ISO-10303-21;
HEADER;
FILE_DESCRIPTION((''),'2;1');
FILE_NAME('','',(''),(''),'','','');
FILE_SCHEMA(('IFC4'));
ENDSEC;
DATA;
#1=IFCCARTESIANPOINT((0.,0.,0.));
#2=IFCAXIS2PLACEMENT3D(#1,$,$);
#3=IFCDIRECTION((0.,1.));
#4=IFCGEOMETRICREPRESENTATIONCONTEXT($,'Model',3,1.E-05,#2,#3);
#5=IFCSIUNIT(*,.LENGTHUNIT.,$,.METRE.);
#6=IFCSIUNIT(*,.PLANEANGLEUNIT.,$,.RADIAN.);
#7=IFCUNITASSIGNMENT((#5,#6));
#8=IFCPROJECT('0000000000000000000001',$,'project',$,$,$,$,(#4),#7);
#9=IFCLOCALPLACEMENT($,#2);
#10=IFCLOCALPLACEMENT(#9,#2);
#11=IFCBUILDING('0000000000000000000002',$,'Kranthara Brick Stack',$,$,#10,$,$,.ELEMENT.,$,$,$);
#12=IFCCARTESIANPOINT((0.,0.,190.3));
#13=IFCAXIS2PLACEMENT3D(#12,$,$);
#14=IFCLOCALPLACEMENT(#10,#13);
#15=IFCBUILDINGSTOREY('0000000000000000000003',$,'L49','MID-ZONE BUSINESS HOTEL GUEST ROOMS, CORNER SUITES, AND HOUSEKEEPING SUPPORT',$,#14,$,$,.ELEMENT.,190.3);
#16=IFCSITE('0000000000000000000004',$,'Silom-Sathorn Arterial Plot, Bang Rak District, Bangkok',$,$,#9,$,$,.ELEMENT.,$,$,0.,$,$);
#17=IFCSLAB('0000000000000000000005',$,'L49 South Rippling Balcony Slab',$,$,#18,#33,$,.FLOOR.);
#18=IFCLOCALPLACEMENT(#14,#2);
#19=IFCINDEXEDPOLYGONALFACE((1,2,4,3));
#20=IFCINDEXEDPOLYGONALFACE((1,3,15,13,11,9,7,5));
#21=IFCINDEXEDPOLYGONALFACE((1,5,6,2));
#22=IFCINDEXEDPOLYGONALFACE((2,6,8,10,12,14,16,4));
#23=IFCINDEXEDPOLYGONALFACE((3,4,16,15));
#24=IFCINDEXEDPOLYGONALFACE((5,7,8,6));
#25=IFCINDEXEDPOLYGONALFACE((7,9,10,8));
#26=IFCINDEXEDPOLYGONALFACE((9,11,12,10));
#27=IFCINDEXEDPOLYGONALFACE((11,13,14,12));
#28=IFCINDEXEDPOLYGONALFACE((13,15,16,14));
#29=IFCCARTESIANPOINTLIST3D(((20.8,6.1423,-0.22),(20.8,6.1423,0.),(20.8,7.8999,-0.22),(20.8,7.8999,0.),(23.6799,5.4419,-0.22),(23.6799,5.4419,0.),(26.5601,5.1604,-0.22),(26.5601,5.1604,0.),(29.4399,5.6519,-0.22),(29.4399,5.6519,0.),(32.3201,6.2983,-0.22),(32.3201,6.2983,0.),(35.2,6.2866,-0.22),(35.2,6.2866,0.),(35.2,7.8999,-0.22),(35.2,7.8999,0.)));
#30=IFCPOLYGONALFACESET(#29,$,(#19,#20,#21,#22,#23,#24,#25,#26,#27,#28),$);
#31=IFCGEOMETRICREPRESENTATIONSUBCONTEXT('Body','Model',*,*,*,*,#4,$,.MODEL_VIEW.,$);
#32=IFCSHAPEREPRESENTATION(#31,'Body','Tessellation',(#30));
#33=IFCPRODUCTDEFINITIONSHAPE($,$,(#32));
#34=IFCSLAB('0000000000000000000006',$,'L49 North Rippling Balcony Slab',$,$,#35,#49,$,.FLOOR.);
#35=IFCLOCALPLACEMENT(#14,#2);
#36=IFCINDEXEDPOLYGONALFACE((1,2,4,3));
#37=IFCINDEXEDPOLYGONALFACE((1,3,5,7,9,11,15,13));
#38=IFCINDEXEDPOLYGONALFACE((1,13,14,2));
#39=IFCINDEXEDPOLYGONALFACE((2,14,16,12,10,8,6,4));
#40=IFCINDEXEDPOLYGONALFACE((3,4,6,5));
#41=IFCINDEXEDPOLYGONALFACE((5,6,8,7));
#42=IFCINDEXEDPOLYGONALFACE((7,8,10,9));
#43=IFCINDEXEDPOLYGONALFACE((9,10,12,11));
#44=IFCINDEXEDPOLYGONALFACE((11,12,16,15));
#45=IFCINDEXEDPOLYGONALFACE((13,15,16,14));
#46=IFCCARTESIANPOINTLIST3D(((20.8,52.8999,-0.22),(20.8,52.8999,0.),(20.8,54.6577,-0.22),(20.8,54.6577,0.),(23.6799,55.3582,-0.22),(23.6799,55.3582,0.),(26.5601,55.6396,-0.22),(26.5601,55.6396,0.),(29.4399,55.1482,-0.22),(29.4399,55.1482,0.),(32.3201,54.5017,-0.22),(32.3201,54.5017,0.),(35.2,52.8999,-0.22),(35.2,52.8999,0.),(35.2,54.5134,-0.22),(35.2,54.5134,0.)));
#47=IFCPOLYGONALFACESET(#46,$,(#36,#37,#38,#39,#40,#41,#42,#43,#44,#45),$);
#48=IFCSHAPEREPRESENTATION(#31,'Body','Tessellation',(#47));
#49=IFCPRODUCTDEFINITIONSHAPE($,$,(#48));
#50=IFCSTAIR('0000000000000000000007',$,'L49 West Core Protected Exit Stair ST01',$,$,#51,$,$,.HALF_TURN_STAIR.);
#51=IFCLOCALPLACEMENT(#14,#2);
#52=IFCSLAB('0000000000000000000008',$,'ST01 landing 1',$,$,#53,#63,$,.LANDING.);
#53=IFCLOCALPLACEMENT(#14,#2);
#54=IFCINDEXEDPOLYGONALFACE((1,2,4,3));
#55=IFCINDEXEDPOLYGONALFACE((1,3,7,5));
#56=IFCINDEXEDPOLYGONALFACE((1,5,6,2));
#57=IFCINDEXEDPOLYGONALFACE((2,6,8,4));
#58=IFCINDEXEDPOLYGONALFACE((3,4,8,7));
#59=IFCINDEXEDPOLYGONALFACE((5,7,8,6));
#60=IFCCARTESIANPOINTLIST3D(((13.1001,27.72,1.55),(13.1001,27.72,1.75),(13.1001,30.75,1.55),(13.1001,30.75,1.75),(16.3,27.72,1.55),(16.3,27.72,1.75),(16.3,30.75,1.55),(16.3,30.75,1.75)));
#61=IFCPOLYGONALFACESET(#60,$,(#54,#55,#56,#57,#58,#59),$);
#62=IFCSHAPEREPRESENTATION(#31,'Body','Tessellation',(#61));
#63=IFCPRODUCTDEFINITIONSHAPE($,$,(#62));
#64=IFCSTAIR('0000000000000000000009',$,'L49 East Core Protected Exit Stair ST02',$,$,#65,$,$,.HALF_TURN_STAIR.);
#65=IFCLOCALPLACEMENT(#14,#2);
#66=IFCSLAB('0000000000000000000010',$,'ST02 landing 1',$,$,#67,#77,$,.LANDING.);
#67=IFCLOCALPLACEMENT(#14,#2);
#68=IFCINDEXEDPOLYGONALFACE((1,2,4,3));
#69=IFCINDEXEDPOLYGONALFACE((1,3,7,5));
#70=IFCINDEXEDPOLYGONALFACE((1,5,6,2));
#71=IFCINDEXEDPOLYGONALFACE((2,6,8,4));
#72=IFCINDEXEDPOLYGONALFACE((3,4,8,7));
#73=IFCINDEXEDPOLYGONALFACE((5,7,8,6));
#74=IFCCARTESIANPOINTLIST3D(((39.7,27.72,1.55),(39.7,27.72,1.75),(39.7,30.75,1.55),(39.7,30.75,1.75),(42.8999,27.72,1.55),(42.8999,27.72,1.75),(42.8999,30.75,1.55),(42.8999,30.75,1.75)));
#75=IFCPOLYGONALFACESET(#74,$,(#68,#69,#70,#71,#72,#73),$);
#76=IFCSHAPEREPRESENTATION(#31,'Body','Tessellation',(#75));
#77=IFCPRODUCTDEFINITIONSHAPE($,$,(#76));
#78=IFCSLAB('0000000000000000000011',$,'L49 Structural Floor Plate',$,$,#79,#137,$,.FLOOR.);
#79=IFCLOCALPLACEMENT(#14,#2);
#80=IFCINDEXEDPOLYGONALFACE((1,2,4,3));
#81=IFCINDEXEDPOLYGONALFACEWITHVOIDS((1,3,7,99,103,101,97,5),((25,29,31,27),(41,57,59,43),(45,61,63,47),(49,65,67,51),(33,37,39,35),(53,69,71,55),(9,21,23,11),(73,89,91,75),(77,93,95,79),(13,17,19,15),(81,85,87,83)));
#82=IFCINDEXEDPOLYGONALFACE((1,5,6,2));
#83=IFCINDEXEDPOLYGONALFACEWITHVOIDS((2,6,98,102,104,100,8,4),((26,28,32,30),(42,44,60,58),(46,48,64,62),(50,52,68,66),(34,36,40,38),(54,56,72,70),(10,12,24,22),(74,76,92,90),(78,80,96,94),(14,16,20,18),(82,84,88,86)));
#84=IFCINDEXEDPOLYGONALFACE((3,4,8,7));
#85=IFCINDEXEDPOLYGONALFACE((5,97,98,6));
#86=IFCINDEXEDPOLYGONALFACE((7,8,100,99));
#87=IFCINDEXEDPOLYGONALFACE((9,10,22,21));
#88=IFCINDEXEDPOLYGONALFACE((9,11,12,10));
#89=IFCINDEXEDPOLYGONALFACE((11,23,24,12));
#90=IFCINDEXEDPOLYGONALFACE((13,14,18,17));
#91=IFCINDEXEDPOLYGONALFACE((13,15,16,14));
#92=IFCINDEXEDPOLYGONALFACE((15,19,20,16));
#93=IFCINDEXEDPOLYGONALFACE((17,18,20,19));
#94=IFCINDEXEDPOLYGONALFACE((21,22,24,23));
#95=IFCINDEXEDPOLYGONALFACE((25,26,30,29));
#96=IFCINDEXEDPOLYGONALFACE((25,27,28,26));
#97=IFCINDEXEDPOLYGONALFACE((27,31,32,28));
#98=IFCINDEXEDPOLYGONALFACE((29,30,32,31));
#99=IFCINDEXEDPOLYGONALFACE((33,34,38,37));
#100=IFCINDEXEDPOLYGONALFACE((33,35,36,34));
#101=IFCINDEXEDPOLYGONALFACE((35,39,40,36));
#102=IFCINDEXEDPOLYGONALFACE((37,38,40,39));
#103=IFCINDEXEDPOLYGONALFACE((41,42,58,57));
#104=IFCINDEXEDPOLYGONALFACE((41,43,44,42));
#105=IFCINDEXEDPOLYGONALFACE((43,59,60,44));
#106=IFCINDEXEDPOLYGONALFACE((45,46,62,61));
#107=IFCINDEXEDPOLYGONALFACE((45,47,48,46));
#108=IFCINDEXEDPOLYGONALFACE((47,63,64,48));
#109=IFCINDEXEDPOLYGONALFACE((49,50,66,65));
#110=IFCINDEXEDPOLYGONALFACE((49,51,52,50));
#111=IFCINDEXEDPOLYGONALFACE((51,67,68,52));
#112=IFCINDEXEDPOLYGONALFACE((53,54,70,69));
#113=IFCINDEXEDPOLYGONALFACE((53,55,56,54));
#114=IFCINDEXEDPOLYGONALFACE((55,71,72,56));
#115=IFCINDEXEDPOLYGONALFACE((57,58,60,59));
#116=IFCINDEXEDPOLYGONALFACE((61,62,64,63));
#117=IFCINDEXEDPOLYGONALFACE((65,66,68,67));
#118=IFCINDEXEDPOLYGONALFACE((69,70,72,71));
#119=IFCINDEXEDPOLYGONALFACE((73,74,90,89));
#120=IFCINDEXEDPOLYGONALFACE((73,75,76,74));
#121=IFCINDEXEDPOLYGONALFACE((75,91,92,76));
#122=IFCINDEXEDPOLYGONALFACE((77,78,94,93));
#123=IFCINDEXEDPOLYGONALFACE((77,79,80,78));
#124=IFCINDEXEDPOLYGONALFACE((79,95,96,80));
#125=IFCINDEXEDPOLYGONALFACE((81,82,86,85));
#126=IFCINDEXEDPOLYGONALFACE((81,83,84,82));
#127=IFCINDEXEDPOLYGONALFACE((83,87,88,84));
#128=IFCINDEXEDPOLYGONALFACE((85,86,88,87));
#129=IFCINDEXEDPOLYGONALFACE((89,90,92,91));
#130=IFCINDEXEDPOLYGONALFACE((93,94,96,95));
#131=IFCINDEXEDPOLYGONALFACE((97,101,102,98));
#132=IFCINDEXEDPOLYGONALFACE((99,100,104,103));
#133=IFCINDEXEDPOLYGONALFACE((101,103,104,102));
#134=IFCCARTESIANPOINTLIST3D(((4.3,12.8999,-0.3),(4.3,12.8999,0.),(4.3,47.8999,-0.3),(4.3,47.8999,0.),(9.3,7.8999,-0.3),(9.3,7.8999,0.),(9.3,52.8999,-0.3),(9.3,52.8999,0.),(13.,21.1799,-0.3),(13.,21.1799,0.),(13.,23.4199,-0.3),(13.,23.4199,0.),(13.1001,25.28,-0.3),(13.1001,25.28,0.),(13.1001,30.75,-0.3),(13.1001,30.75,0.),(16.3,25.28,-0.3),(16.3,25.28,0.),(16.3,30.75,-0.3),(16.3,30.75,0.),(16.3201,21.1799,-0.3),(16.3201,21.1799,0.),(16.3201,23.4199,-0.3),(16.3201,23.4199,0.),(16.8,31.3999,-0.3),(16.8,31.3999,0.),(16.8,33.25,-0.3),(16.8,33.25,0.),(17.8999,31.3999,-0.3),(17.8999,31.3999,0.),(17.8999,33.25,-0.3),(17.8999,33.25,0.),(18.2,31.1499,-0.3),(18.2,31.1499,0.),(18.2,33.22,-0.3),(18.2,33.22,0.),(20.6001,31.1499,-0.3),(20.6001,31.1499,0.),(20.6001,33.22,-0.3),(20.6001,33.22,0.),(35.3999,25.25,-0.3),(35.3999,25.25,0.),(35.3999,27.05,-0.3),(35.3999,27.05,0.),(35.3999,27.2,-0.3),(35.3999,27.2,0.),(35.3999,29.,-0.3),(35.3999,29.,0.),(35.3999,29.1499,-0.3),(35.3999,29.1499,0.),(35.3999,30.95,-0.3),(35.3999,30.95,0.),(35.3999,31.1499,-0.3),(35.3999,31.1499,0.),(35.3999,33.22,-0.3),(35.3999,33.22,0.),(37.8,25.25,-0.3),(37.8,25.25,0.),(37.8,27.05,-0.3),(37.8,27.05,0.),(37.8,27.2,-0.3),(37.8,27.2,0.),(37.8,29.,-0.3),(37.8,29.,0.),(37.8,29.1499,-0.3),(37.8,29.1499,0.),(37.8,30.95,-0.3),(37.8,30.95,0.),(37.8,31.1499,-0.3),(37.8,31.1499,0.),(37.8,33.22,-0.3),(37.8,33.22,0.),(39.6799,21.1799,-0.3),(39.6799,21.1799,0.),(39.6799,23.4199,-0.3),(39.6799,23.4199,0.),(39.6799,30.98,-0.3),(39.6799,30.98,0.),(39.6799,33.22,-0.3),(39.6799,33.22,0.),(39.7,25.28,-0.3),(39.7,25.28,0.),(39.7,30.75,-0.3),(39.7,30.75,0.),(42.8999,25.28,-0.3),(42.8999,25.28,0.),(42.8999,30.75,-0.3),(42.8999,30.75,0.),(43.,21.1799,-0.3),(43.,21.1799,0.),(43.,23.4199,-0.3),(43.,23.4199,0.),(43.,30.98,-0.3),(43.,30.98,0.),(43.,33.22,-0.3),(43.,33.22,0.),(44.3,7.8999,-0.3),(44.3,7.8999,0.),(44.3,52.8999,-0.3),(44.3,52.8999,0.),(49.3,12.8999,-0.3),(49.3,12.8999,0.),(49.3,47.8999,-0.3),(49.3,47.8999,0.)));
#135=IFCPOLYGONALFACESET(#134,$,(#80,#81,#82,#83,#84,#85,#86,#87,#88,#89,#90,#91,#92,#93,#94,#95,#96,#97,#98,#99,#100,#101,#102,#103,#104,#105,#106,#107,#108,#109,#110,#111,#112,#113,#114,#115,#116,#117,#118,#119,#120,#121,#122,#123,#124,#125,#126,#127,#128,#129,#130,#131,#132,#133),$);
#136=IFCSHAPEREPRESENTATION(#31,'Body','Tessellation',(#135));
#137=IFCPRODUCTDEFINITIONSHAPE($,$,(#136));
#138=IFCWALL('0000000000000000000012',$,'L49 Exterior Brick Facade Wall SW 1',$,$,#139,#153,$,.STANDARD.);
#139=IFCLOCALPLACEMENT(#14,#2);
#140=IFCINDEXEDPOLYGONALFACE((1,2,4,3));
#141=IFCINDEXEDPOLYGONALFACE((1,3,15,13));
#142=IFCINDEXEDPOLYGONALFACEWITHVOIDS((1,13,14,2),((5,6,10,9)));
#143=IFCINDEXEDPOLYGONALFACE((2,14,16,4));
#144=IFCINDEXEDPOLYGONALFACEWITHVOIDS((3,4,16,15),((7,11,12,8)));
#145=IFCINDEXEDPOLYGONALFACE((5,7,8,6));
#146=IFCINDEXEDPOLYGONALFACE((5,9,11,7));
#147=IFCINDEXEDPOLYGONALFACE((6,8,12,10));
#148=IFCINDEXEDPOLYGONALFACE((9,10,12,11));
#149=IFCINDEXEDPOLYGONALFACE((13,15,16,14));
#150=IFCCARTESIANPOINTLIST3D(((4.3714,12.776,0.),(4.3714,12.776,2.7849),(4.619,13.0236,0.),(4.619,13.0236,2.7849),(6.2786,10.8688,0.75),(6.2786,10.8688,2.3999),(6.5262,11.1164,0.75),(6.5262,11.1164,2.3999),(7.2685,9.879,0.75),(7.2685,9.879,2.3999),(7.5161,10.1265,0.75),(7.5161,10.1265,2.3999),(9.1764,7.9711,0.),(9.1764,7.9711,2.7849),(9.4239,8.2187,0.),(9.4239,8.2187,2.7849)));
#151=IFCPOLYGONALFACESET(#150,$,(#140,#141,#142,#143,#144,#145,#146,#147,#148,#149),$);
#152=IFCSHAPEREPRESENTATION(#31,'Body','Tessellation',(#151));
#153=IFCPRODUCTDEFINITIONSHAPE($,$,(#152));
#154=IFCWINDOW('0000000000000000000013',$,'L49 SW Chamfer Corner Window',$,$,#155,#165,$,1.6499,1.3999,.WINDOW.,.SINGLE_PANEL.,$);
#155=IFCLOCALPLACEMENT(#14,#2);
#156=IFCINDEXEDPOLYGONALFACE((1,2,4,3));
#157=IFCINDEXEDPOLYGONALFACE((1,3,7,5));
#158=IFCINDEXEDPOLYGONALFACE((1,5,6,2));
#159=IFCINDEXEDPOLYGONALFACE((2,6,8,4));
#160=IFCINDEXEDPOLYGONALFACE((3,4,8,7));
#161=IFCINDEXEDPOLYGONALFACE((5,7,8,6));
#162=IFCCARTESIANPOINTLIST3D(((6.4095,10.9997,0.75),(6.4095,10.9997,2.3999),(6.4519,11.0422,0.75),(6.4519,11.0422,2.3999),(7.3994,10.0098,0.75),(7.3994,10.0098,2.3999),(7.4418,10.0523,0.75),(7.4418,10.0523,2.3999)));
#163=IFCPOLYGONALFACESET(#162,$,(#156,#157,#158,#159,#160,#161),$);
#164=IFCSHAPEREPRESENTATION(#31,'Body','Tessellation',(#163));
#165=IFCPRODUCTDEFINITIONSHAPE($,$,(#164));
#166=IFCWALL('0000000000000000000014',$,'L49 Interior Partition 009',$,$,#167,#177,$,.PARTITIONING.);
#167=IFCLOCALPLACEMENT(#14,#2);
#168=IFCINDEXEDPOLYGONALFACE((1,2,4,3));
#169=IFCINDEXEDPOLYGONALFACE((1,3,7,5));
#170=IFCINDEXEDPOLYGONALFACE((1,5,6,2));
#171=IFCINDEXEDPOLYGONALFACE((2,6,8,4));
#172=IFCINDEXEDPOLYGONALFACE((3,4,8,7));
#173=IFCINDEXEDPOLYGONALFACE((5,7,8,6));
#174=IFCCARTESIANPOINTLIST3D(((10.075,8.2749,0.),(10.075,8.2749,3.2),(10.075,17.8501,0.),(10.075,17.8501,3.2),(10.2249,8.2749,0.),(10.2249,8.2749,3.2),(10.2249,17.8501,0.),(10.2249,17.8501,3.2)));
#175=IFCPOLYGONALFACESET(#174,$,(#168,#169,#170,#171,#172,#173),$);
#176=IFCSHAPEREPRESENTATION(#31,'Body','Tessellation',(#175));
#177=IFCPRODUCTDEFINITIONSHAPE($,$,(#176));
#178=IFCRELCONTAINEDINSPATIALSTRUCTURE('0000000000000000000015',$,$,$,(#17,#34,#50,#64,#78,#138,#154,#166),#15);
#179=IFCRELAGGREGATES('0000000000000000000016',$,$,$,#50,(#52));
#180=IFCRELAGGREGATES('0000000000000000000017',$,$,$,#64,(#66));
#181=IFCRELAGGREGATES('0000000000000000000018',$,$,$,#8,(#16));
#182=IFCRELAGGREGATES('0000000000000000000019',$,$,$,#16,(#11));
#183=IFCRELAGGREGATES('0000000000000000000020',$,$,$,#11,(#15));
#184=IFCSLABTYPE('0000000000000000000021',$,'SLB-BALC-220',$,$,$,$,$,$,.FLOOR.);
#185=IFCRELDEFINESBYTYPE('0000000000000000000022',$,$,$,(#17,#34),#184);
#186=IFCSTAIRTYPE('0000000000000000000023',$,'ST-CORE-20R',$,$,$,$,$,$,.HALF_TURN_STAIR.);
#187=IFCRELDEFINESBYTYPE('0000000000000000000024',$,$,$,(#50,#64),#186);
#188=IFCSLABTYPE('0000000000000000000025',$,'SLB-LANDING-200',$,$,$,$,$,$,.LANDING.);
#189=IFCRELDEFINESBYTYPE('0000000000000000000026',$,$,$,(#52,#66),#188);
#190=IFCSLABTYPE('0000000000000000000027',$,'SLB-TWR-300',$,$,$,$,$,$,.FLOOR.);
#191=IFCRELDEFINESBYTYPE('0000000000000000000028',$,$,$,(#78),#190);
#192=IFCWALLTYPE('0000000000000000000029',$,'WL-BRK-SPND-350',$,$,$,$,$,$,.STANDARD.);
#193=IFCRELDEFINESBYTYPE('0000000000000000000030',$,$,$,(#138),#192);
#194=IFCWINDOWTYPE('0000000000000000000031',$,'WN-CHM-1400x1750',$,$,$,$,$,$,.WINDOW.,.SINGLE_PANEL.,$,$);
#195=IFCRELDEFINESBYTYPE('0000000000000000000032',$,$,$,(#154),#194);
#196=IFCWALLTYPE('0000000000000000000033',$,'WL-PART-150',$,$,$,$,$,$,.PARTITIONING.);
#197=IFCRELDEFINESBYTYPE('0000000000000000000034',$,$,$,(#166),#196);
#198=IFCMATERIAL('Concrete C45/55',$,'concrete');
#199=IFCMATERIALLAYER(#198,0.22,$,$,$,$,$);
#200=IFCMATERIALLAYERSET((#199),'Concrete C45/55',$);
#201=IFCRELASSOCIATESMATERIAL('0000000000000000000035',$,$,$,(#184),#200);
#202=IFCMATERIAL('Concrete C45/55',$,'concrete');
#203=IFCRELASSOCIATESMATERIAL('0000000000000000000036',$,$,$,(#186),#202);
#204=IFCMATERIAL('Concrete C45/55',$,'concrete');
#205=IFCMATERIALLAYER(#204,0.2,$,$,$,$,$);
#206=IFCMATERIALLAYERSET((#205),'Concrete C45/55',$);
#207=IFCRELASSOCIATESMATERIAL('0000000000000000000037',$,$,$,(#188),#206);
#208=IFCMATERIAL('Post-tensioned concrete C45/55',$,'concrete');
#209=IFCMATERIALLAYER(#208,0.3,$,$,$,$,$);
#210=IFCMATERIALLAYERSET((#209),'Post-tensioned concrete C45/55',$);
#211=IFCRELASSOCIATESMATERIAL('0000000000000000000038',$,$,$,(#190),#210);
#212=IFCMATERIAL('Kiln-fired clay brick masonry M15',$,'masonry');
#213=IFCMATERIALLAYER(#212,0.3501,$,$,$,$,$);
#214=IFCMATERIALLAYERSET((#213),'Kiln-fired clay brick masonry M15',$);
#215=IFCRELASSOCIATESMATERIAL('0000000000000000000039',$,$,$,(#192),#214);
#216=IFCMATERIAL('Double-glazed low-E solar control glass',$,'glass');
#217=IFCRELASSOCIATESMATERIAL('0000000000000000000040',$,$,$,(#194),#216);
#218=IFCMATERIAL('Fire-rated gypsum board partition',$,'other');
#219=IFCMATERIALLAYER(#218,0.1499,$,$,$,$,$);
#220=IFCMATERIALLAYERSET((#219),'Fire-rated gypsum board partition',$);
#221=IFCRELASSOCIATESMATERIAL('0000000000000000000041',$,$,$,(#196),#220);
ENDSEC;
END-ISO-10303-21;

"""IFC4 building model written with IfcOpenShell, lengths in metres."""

from ifc_helpers import new_model, si_unit, direction, frame, frame_2d, origin, place, context, subcontext, project, spatial, polyline, rectangle, outline, extrude, material, layer, layer_set, type_object, element, fill, aggregate, save


model = new_model("IFC4")

# Units and contexts
model_context = context("Model", 3, precision=1e-05, world=origin(), true_north=direction((0.0, 1.0)))
body_context = subcontext(model_context, "Body", "Model", "MODEL_VIEW")
ifc_project = project(units=[si_unit("LENGTHUNIT", "METRE"), si_unit("PLANEANGLEUNIT", "RADIAN")], contexts=[model_context])

# Site, building, storey
site_placement = place(None, origin())
site = spatial("IfcSite", under=ifc_project, at=site_placement, Name="Silom-Sathorn Arterial Plot, Bang Rak District, Bangkok", CompositionType="ELEMENT", RefElevation=0.0)
building_placement = place(site_placement, origin())
building = spatial("IfcBuilding", under=site, at=building_placement, Name="Kranthara Brick Stack", CompositionType="ELEMENT")
storey_placement = place(building_placement, frame((0.0, 0.0, 190.3)))
storey = spatial("IfcBuildingStorey", under=building, at=storey_placement, Name="L49", Description="MID-ZONE BUSINESS HOTEL GUEST ROOMS, CORNER SUITES, AND HOUSEKEEPING SUPPORT", CompositionType="ELEMENT", Elevation=190.3)

# Slabs
ifc_material_1 = material(Name="Concrete C45/55", Category="concrete")
ifc_layer_1 = layer(ifc_material_1, 0.22)
ifc_layer_set_1 = layer_set([ifc_layer_1], Name="Concrete C45/55")
slab_type_1 = type_object("IfcSlabType", Name="SLB-BALC-220", PredefinedType="FLOOR", material=ifc_layer_set_1)
slab_1_placement = place(storey_placement, frame((0.0, 0.0, -0.22)))
element("IfcSlab", 1, at=slab_1_placement, inside=storey, type_object=slab_type_1, Name="L49 South Rippling Balcony Slab", PredefinedType="FLOOR", context=body_context, shape_type="SweptSolid", body=[
    extrude(outline(polyline([(20.8, 7.8999), (35.2, 7.8999), (35.2, 6.2866), (32.3201, 6.2983), (29.4399, 5.6519), (26.5601, 5.1604), (23.6799, 5.4419), (20.8, 6.1423), (20.8, 7.8999)])), origin(), (0.0, 0.0, 1.0), 0.22),
])
slab_2_placement = place(storey_placement, frame((0.0, 0.0, -0.22)))
element("IfcSlab", 2, at=slab_2_placement, inside=storey, type_object=slab_type_1, Name="L49 North Rippling Balcony Slab", PredefinedType="FLOOR", context=body_context, shape_type="SweptSolid", body=[
    extrude(outline(polyline([(35.2, 52.8999), (20.8, 52.8999), (20.8, 54.6577), (23.6799, 55.3582), (26.5601, 55.6396), (29.4399, 55.1482), (32.3201, 54.5017), (35.2, 54.5134), (35.2, 52.8999)])), origin(), (0.0, 0.0, 1.0), 0.22),
])

# Stairs, slabs
ifc_material_2 = material(Name="Concrete C45/55", Category="concrete")
stair_type = type_object("IfcStairType", Name="ST-CORE-20R", PredefinedType="HALF_TURN_STAIR", material=ifc_material_2)
stair_1_placement = place(storey_placement, origin())
stair_1 = element("IfcStair", 3, at=stair_1_placement, inside=storey, type_object=stair_type, Name="L49 West Core Protected Exit Stair ST01", PredefinedType="HALF_TURN_STAIR")
ifc_material_3 = material(Name="Concrete C45/55", Category="concrete")
ifc_layer_2 = layer(ifc_material_3, 0.2)
ifc_layer_set_2 = layer_set([ifc_layer_2], Name="Concrete C45/55")
slab_type_2 = type_object("IfcSlabType", Name="SLB-LANDING-200", PredefinedType="LANDING", material=ifc_layer_set_2)
slab_3_placement = place(storey_placement, frame((0.0, 0.0, 1.55)))
slab_3 = element("IfcSlab", 4, at=slab_3_placement, type_object=slab_type_2, Name="ST01 landing 1", PredefinedType="LANDING", context=body_context, shape_type="SweptSolid", body=[
    extrude(outline(polyline([(16.3, 27.72), (16.3, 30.75), (13.1001, 30.75), (13.1001, 27.72), (16.3, 27.72)])), origin(), (0.0, 0.0, 1.0), 0.2),
])
aggregate(stair_1, [slab_3])
stair_2_placement = place(storey_placement, origin())
stair_2 = element("IfcStair", 5, at=stair_2_placement, inside=storey, type_object=stair_type, Name="L49 East Core Protected Exit Stair ST02", PredefinedType="HALF_TURN_STAIR")
slab_4_placement = place(storey_placement, frame((0.0, 0.0, 1.55)))
slab_4 = element("IfcSlab", 6, at=slab_4_placement, type_object=slab_type_2, Name="ST02 landing 1", PredefinedType="LANDING", context=body_context, shape_type="SweptSolid", body=[
    extrude(outline(polyline([(42.8999, 27.72), (42.8999, 30.75), (39.7, 30.75), (39.7, 27.72), (42.8999, 27.72)])), origin(), (0.0, 0.0, 1.0), 0.2),
])
aggregate(stair_2, [slab_4])

# Slab
ifc_material_4 = material(Name="Post-tensioned concrete C45/55", Category="concrete")
ifc_layer_3 = layer(ifc_material_4, 0.3)
ifc_layer_set_3 = layer_set([ifc_layer_3], Name="Post-tensioned concrete C45/55")
slab_type_3 = type_object("IfcSlabType", Name="SLB-TWR-300", PredefinedType="FLOOR", material=ifc_layer_set_3)
slab_5_placement = place(storey_placement, frame((0.0, 0.0, -0.3)))
element("IfcSlab", 7, at=slab_5_placement, inside=storey, type_object=slab_type_3, Name="L49 Structural Floor Plate", PredefinedType="FLOOR", context=body_context, shape_type="SweptSolid", body=[
    extrude(outline(polyline([(9.3, 7.8999), (44.3, 7.8999), (49.3, 12.8999), (49.3, 47.8999), (44.3, 52.8999), (9.3, 52.8999), (4.3, 47.8999), (4.3, 12.8999), (9.3, 7.8999)]), holes=[polyline([(13.1001, 25.28), (16.3, 25.28), (16.3, 30.75), (13.1001, 30.75), (13.1001, 25.28)]), polyline([(39.7, 25.28), (42.8999, 25.28), (42.8999, 30.75), (39.7, 30.75), (39.7, 25.28)]), polyline([(13.0, 21.1799), (16.3201, 21.1799), (16.3201, 23.4199), (13.0, 23.4199), (13.0, 21.1799)]), polyline([(39.6799, 21.1799), (43.0, 21.1799), (43.0, 23.4199), (39.6799, 23.4199), (39.6799, 21.1799)]), polyline([(39.6799, 30.98), (43.0, 30.98), (43.0, 33.22), (39.6799, 33.22), (39.6799, 30.98)]), polyline([(35.3999, 25.25), (37.8, 25.25), (37.8, 27.05), (35.3999, 27.05), (35.3999, 25.25)]), polyline([(35.3999, 27.2), (37.8, 27.2), (37.8, 29.0), (35.3999, 29.0), (35.3999, 27.2)]), polyline([(35.3999, 29.1499), (37.8, 29.1499), (37.8, 30.95), (35.3999, 30.95), (35.3999, 29.1499)]), polyline([(18.2, 31.1499), (20.6001, 31.1499), (20.6001, 33.22), (18.2, 33.22), (18.2, 31.1499)]), polyline([(35.3999, 31.1499), (37.8, 31.1499), (37.8, 33.22), (35.3999, 33.22), (35.3999, 31.1499)]), polyline([(16.8, 31.3999), (17.8999, 31.3999), (17.8999, 33.25), (16.8, 33.25), (16.8, 31.3999)])]), origin(), (0.0, 0.0, 1.0), 0.3),
])

# Wall, opening, window
ifc_material_5 = material(Name="Kiln-fired clay brick masonry M15", Category="masonry")
ifc_layer_4 = layer(ifc_material_5, 0.3501)
ifc_layer_set_4 = layer_set([ifc_layer_4], Name="Kiln-fired clay brick masonry M15")
wall_type_1 = type_object("IfcWallType", Name="WL-BRK-SPND-350", PredefinedType="STANDARD", material=ifc_layer_set_4)
wall_1_placement = place(storey_placement, frame((9.3, 8.095, 0.0), z_axis=(0.0, 0.0, 1.0), x_axis=(-0.707107, 0.707107, 0.0)))
wall_1 = element("IfcWall", 8, at=wall_1_placement, inside=storey, type_object=wall_type_1, Name="L49 Exterior Brick Facade Wall SW 1", PredefinedType="STANDARD", context=body_context, shape_type="SweptSolid", body=[
    extrude(rectangle(XDim=6.7952, YDim=0.3501, at=frame_2d((3.3975, 0.0))), origin(), (0.0, 0.0, 1.0), 2.7849),
])
opening_placement = place(wall_1_placement, frame((2.698, 0.0, 0.75)))
opening = element("IfcOpeningElement", 9, at=opening_placement, cuts=wall_1, PredefinedType="OPENING", context=body_context, shape_type="SweptSolid", body=[
    extrude(rectangle(XDim=1.3999, YDim=1.6499, at=frame_2d((0.7, 0.825))), frame((0.0, 0.1851, 0.0), z_axis=(0.0, -1.0, 0.0), x_axis=(1.0, 0.0, 0.0)), (0.0, 0.0, 1.0), 0.3701),
])
ifc_material_6 = material(Name="Double-glazed low-E solar control glass", Category="glass")
window_type = type_object("IfcWindowType", Name="WN-CHM-1400x1750", PartitioningType="SINGLE_PANEL", PredefinedType="WINDOW", material=ifc_material_6)
window_placement = place(opening_placement, origin())
window = element("IfcWindow", 10, at=window_placement, inside=storey, type_object=window_type, Name="L49 SW Chamfer Corner Window", OverallHeight=1.6499, OverallWidth=1.3999, PartitioningType="SINGLE_PANEL", PredefinedType="WINDOW", context=body_context, shape_type="SweptSolid", body=[
    extrude(rectangle(XDim=1.3999, YDim=1.6499, at=frame_2d((0.7, 0.825))), frame((0.0, -0.01, 0.0), z_axis=(0.0, -1.0, 0.0), x_axis=(1.0, 0.0, 0.0)), (0.0, 0.0, 1.0), 0.0601),
])
fill(opening, window)

# Wall
ifc_material_7 = material(Name="Fire-rated gypsum board partition", Category="other")
ifc_layer_5 = layer(ifc_material_7, 0.1499)
ifc_layer_set_5 = layer_set([ifc_layer_5], Name="Fire-rated gypsum board partition")
wall_type_2 = type_object("IfcWallType", Name="WL-PART-150", PredefinedType="PARTITIONING", material=ifc_layer_set_5)
wall_2_placement = place(storey_placement, frame((10.1499, 8.2749, 0.0), z_axis=(0.0, 0.0, 1.0), x_axis=(0.0, 1.0, 0.0)))
element("IfcWall", 11, at=wall_2_placement, inside=storey, type_object=wall_type_2, Name="L49 Interior Partition 009", PredefinedType="PARTITIONING", context=body_context, shape_type="SweptSolid", body=[
    extrude(rectangle(XDim=9.5752, YDim=0.1499, at=frame_2d((4.7876, 0.0))), origin(), (0.0, 0.0, 1.0), 3.2),
])

save(model, "model.ifc")
